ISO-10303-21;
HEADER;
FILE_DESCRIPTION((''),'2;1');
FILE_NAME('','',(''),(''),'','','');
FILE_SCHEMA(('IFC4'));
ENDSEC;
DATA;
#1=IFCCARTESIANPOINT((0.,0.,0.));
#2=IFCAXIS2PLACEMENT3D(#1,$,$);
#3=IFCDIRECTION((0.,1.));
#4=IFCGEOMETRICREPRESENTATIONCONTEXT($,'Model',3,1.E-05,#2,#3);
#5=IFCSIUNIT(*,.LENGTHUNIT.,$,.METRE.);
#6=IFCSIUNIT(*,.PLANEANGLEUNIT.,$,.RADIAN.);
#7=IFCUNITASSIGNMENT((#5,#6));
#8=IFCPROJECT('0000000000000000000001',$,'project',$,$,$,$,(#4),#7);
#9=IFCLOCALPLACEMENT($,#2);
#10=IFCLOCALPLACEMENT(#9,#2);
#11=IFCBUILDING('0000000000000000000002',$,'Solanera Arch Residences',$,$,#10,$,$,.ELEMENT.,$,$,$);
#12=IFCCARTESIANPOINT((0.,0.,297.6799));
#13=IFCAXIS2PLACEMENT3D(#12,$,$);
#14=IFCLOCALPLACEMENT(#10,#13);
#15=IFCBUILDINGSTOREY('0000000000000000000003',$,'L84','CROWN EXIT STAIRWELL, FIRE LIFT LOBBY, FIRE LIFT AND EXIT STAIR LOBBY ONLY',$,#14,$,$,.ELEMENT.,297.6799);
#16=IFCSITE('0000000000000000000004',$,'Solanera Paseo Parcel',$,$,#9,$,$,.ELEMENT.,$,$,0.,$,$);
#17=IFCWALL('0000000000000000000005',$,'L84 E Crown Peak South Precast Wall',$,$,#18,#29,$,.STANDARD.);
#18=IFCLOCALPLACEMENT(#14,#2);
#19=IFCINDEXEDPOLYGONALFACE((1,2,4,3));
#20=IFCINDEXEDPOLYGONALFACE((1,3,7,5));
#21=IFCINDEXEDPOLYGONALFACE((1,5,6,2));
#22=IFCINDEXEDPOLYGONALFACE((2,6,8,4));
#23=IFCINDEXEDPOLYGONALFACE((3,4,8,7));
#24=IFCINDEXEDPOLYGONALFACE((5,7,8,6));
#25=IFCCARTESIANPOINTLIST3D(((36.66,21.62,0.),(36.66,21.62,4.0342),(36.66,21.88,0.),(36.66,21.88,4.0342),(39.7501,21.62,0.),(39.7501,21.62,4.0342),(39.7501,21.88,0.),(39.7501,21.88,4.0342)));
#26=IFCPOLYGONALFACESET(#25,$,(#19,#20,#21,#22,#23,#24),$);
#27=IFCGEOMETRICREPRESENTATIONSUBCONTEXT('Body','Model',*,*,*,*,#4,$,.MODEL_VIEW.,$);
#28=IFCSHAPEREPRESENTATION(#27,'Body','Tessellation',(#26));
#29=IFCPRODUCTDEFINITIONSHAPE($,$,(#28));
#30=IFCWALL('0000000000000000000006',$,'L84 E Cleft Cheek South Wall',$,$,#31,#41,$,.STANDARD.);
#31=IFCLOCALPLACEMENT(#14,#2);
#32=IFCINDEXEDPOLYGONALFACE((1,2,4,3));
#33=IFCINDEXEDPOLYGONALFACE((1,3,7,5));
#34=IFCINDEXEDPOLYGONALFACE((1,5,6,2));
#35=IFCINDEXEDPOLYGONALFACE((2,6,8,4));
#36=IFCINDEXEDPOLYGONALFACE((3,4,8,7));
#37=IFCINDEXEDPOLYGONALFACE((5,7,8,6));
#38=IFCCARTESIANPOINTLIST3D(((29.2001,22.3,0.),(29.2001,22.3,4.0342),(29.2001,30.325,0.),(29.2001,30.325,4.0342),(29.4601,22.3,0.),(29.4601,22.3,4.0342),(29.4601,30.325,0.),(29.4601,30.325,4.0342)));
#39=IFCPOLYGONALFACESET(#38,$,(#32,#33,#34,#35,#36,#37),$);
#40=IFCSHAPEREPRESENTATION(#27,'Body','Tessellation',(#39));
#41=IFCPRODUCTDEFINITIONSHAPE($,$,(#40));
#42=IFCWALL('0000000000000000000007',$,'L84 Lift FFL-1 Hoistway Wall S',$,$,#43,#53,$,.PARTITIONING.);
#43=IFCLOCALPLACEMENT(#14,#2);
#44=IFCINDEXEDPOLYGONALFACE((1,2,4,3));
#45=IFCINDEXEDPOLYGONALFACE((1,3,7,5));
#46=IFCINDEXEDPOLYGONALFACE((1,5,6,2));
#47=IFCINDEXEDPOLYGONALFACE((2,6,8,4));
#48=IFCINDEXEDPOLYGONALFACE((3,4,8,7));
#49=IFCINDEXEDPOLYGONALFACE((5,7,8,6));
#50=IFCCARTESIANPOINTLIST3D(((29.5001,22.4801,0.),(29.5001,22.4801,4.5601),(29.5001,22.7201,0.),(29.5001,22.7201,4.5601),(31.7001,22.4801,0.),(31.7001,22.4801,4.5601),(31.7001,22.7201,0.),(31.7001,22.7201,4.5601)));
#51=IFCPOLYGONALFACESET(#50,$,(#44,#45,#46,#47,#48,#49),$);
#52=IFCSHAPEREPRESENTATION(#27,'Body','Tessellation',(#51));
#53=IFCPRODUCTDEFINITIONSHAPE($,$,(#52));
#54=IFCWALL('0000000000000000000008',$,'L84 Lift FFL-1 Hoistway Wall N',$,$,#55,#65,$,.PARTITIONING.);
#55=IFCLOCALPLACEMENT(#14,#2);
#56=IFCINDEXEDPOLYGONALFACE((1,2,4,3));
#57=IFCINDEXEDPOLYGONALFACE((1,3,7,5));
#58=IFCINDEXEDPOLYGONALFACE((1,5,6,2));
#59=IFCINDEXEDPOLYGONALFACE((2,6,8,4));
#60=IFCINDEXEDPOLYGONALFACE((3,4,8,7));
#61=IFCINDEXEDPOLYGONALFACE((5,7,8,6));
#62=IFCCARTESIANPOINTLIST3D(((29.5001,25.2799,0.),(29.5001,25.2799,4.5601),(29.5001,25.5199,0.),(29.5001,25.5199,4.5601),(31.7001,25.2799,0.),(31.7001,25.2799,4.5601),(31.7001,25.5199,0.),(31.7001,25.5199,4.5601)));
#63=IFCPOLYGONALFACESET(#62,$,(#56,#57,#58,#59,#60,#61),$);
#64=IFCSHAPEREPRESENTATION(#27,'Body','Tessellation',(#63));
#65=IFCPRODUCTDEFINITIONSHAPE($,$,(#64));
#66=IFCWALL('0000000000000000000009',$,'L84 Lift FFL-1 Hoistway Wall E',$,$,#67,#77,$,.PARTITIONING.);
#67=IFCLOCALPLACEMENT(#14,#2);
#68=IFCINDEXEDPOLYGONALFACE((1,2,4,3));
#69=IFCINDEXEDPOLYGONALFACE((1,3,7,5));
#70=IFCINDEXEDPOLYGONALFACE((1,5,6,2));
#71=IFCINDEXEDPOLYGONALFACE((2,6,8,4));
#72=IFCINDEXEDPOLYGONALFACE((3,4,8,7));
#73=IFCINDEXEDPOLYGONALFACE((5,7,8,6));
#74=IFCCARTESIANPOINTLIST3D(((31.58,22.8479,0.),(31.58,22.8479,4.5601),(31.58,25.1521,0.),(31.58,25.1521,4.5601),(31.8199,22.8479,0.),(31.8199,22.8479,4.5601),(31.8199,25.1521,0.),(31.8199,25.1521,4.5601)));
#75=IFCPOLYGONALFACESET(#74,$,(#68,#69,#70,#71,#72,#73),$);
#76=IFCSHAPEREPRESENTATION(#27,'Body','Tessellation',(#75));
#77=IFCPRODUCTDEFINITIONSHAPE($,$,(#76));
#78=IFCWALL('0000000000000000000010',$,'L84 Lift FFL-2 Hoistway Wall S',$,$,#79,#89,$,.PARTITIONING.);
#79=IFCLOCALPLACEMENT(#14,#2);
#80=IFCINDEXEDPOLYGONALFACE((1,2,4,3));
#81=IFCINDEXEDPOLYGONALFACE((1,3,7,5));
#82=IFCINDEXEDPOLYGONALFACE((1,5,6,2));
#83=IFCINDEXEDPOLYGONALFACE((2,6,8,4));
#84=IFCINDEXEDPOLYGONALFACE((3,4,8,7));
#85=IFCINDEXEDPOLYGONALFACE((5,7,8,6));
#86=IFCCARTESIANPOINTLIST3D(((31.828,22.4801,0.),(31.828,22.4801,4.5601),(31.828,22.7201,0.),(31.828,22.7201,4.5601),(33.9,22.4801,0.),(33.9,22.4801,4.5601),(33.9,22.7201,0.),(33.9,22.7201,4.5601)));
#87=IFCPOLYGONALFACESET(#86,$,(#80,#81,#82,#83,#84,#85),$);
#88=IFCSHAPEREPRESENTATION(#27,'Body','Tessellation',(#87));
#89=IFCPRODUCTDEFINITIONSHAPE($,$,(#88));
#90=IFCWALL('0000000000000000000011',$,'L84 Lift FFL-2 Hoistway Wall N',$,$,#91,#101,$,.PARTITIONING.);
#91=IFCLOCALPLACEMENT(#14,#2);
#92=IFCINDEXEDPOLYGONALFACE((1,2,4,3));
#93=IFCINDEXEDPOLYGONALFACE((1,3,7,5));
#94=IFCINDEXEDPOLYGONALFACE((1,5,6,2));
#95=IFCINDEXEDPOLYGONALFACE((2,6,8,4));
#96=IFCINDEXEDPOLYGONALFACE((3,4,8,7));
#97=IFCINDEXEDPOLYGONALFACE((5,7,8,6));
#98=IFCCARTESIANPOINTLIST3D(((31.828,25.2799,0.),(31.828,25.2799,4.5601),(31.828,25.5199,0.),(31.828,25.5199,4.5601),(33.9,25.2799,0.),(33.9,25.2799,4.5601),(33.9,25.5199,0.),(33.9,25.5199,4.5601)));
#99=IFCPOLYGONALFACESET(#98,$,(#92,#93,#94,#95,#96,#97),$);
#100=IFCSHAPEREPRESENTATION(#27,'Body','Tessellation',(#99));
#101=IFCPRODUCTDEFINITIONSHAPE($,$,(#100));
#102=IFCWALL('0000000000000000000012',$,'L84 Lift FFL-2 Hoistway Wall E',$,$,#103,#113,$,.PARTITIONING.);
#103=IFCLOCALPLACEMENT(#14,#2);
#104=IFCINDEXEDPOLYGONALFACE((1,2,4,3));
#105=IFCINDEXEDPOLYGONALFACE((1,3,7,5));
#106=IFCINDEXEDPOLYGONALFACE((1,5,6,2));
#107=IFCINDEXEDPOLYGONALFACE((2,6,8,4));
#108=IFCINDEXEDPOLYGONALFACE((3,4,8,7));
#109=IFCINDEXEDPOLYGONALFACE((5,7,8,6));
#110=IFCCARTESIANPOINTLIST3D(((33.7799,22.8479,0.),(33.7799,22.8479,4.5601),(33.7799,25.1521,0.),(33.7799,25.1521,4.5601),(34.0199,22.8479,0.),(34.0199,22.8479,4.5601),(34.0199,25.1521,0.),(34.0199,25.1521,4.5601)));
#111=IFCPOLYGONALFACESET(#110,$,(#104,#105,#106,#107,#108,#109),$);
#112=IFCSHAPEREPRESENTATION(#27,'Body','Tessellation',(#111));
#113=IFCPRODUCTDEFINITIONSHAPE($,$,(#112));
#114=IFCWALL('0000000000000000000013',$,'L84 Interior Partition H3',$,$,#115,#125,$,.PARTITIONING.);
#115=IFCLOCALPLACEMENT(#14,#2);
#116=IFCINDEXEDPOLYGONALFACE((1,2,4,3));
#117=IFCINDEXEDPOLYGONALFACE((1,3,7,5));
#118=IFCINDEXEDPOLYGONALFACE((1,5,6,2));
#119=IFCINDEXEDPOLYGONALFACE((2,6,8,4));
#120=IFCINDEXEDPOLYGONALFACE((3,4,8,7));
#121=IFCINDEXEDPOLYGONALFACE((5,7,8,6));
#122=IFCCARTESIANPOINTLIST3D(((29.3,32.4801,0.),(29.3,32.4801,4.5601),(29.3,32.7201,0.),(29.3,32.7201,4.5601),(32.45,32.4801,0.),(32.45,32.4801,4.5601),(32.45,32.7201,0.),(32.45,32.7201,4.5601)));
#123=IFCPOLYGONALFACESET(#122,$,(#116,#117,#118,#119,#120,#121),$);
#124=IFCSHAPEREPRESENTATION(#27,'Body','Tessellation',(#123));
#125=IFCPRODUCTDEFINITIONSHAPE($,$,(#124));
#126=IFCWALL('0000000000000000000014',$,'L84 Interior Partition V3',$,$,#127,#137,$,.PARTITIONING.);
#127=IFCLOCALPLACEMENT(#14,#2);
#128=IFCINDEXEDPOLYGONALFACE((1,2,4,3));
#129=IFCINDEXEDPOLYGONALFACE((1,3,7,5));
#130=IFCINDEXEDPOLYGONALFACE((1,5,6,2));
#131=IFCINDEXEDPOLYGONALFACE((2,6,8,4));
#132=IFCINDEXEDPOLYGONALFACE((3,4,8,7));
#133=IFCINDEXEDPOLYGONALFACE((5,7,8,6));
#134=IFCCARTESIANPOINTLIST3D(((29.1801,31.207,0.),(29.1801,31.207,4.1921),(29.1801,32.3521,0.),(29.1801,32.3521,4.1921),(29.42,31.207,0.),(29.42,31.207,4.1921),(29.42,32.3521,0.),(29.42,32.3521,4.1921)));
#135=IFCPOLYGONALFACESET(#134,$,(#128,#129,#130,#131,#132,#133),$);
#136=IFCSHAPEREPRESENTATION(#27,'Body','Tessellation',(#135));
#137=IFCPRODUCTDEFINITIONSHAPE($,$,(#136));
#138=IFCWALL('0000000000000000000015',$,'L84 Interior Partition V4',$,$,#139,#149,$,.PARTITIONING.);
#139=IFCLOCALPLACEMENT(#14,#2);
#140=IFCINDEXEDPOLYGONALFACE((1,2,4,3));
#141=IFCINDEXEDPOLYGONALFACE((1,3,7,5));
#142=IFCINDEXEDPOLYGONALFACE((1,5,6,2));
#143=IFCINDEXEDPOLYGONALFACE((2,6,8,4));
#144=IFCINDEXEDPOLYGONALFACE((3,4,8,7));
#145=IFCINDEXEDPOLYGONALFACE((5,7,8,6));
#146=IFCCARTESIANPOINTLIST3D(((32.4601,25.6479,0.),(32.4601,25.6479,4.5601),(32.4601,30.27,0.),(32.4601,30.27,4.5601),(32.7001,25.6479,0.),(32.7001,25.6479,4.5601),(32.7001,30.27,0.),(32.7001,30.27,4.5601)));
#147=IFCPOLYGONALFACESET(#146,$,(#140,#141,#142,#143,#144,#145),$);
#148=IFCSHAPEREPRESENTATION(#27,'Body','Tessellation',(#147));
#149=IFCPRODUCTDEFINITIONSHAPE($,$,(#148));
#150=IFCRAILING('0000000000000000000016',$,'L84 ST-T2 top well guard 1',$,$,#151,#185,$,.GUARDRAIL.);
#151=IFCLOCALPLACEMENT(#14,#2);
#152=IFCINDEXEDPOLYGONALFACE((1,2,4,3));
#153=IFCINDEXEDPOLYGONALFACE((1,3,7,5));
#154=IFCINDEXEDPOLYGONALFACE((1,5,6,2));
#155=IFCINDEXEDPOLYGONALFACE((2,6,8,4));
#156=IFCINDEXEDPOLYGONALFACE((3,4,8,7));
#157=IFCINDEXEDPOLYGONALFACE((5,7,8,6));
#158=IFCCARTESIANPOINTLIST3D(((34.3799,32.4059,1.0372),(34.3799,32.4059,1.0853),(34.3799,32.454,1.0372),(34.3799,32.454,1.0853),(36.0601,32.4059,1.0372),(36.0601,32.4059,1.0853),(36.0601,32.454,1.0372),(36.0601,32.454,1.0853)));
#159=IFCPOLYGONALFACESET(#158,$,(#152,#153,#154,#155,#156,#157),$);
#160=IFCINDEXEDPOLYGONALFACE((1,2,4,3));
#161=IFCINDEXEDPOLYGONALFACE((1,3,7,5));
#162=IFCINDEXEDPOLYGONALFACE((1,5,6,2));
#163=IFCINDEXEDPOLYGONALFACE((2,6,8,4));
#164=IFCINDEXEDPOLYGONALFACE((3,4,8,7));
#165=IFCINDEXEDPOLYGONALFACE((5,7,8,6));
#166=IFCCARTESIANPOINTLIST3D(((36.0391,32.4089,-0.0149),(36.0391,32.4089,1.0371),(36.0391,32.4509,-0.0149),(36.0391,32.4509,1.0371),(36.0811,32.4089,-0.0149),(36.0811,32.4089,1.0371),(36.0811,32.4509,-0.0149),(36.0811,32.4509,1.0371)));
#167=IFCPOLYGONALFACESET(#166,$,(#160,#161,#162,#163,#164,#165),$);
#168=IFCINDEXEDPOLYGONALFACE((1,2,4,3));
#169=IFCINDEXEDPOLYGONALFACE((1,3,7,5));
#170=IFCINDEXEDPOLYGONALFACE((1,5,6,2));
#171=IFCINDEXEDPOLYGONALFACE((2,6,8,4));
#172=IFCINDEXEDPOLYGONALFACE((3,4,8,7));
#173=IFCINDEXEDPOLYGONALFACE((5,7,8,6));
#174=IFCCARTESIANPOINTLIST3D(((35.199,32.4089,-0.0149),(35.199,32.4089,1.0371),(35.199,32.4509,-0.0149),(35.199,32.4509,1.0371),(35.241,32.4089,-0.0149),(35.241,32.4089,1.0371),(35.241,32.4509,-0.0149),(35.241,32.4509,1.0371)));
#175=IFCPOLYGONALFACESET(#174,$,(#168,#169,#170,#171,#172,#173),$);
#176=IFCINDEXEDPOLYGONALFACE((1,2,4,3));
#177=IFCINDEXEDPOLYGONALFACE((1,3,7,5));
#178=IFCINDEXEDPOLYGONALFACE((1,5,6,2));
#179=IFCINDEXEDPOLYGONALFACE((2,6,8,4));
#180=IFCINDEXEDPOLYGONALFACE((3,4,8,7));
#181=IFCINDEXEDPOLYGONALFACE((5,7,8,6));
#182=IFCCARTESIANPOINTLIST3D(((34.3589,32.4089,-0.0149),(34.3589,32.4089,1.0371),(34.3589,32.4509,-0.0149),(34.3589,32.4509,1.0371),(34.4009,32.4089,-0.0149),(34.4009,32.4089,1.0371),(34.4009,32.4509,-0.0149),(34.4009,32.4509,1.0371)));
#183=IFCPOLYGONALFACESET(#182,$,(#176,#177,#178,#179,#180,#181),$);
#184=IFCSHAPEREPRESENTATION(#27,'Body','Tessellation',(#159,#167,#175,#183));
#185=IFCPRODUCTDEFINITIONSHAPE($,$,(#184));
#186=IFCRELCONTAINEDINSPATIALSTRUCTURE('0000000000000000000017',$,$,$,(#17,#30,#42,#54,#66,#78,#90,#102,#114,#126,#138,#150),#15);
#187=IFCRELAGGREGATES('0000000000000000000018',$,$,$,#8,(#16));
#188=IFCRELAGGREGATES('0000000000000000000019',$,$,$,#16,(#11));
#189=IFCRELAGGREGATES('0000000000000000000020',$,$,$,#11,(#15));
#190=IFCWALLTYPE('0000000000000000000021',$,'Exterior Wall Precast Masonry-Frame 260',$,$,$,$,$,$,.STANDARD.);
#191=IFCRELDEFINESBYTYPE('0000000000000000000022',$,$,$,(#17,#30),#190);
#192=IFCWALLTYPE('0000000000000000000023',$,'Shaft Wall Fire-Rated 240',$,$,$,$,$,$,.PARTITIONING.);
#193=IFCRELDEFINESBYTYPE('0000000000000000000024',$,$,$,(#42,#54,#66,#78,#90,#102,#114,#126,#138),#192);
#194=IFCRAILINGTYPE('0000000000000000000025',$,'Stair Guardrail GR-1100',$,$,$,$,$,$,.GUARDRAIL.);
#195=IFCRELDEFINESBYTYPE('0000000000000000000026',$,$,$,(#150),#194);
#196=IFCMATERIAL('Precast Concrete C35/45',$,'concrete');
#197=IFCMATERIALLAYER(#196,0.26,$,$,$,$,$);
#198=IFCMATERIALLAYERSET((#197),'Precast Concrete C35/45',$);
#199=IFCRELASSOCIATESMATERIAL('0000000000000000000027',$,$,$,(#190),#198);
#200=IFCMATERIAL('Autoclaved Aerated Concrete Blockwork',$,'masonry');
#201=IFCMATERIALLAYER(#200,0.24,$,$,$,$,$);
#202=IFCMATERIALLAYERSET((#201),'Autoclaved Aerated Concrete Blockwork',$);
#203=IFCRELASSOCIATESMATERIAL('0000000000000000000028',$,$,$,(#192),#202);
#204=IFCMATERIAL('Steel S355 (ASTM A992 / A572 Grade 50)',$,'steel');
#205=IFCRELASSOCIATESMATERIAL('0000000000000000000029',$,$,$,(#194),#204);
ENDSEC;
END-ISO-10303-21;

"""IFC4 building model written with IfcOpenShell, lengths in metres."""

from ifc_helpers import new_model, si_unit, direction, frame, frame_2d, origin, origin_2d, place, context, subcontext, project, spatial, rectangle, extrude, material, layer, layer_set, type_object, element, save


model = new_model("IFC4")

# Units and contexts
model_context = context("Model", 3, precision=1e-05, world=origin(), true_north=direction((0.0, 1.0)))
body_context = subcontext(model_context, "Body", "Model", "MODEL_VIEW")
ifc_project = project(units=[si_unit("LENGTHUNIT", "METRE"), si_unit("PLANEANGLEUNIT", "RADIAN")], contexts=[model_context])

# Site, building, storey
site_placement = place(None, origin())
site = spatial("IfcSite", under=ifc_project, at=site_placement, Name="Solanera Paseo Parcel", CompositionType="ELEMENT", RefElevation=0.0)
building_placement = place(site_placement, origin())
building = spatial("IfcBuilding", under=site, at=building_placement, Name="Solanera Arch Residences", CompositionType="ELEMENT")
storey_placement = place(building_placement, frame((0.0, 0.0, 297.6799)))
storey = spatial("IfcBuildingStorey", under=building, at=storey_placement, Name="L84", Description="CROWN EXIT STAIRWELL, FIRE LIFT LOBBY, FIRE LIFT AND EXIT STAIR LOBBY ONLY", CompositionType="ELEMENT", Elevation=297.6799)

# Walls
ifc_material_1 = material(Name="Precast Concrete C35/45", Category="concrete")
ifc_layer_1 = layer(ifc_material_1, 0.26)
ifc_layer_set_1 = layer_set([ifc_layer_1], Name="Precast Concrete C35/45")
wall_type_1 = type_object("IfcWallType", Name="Exterior Wall Precast Masonry-Frame 260", PredefinedType="STANDARD", material=ifc_layer_set_1)
wall_1_placement = place(storey_placement, frame((39.75, 21.75, 0.0), z_axis=(0.0, 0.0, 1.0), x_axis=(-1.0, 0.0, 0.0)))
element("IfcWall", 1, at=wall_1_placement, inside=storey, type_object=wall_type_1, Name="L84 E Crown Peak South Precast Wall", PredefinedType="STANDARD", context=body_context, shape_type="SweptSolid", body=[
    extrude(rectangle(XDim=3.0901, YDim=0.26, at=frame_2d((1.5449, 0.0))), origin(), (0.0, 0.0, 1.0), 4.0342),
])
wall_2_placement = place(storey_placement, frame((29.3301, 22.3, 0.0), z_axis=(0.0, 0.0, 1.0), x_axis=(0.0, 1.0, 0.0)))
element("IfcWall", 2, at=wall_2_placement, inside=storey, type_object=wall_type_1, Name="L84 E Cleft Cheek South Wall", PredefinedType="STANDARD", context=body_context, shape_type="SweptSolid", body=[
    extrude(rectangle(XDim=8.0249, YDim=0.26, at=frame_2d((4.0125, 0.0))), origin(), (0.0, 0.0, 1.0), 4.0342),
])
ifc_material_2 = material(Name="Autoclaved Aerated Concrete Blockwork", Category="masonry")
ifc_layer_2 = layer(ifc_material_2, 0.24)
ifc_layer_set_2 = layer_set([ifc_layer_2], Name="Autoclaved Aerated Concrete Blockwork")
wall_type_2 = type_object("IfcWallType", Name="Shaft Wall Fire-Rated 240", PredefinedType="PARTITIONING", material=ifc_layer_set_2)
for number, where, z_axis, x_axis, name in (
    (3, (29.5, 22.6001, 0.0), (0.0, 0.0, 1.0), (1.0, 0.0, 0.0), "L84 Lift FFL-1 Hoistway Wall S"),
    (4, (29.5, 25.3999, 0.0), (0.0, 0.0, 1.0), (1.0, 0.0, 0.0), "L84 Lift FFL-1 Hoistway Wall N"),
):
    element("IfcWall", number, at=place(storey_placement, frame(where, z_axis=z_axis, x_axis=x_axis)), inside=storey, type_object=wall_type_2, Name=name, PredefinedType="PARTITIONING", context=body_context, shape_type="SweptSolid", body=[
        extrude(rectangle(XDim=2.2, YDim=0.24, at=frame_2d((1.1001, 0.0))), origin(), (0.0, 0.0, 1.0), 4.5601),
    ])
wall_3_placement = place(storey_placement, frame((31.7, 22.8479, 0.0), z_axis=(0.0, 0.0, 1.0), x_axis=(0.0, 1.0, 0.0)))
element("IfcWall", 5, at=wall_3_placement, inside=storey, type_object=wall_type_2, Name="L84 Lift FFL-1 Hoistway Wall E", PredefinedType="PARTITIONING", context=body_context, shape_type="SweptSolid", body=[
    extrude(rectangle(XDim=2.3042, YDim=0.24, at=frame_2d((1.1521, 0.0))), origin(), (0.0, 0.0, 1.0), 4.5601),
])
for number, where, z_axis, x_axis, name in (
    (6, (31.8279, 22.6001, 0.0), (0.0, 0.0, 1.0), (1.0, 0.0, 0.0), "L84 Lift FFL-2 Hoistway Wall S"),
    (7, (31.8279, 25.3999, 0.0), (0.0, 0.0, 1.0), (1.0, 0.0, 0.0), "L84 Lift FFL-2 Hoistway Wall N"),
):
    element("IfcWall", number, at=place(storey_placement, frame(where, z_axis=z_axis, x_axis=x_axis)), inside=storey, type_object=wall_type_2, Name=name, PredefinedType="PARTITIONING", context=body_context, shape_type="SweptSolid", body=[
        extrude(rectangle(XDim=2.072, YDim=0.24, at=frame_2d((1.0361, 0.0))), origin(), (0.0, 0.0, 1.0), 4.5601),
    ])
wall_4_placement = place(storey_placement, frame((33.8999, 22.8479, 0.0), z_axis=(0.0, 0.0, 1.0), x_axis=(0.0, 1.0, 0.0)))
element("IfcWall", 8, at=wall_4_placement, inside=storey, type_object=wall_type_2, Name="L84 Lift FFL-2 Hoistway Wall E", PredefinedType="PARTITIONING", context=body_context, shape_type="SweptSolid", body=[
    extrude(rectangle(XDim=2.3042, YDim=0.24, at=frame_2d((1.1521, 0.0))), origin(), (0.0, 0.0, 1.0), 4.5601),
])
wall_5_placement = place(storey_placement, frame((29.3, 32.6001, 0.0), z_axis=(0.0, 0.0, 1.0), x_axis=(1.0, 0.0, 0.0)))
element("IfcWall", 9, at=wall_5_placement, inside=storey, type_object=wall_type_2, Name="L84 Interior Partition H3", PredefinedType="PARTITIONING", context=body_context, shape_type="SweptSolid", body=[
    extrude(rectangle(XDim=3.1499, YDim=0.24, at=frame_2d((1.575, 0.0))), origin(), (0.0, 0.0, 1.0), 4.5601),
])
wall_6_placement = place(storey_placement, frame((29.3, 31.207, 0.0), z_axis=(0.0, 0.0, 1.0), x_axis=(0.0, 1.0, 0.0)))
element("IfcWall", 10, at=wall_6_placement, inside=storey, type_object=wall_type_2, Name="L84 Interior Partition V3", PredefinedType="PARTITIONING", context=body_context, shape_type="SweptSolid", body=[
    extrude(rectangle(XDim=1.145, YDim=0.24, at=frame_2d((0.5725, 0.0))), origin(), (0.0, 0.0, 1.0), 4.1921),
])
wall_7_placement = place(storey_placement, frame((32.5801, 25.6479, 0.0), z_axis=(0.0, 0.0, 1.0), x_axis=(0.0, 1.0, 0.0)))
element("IfcWall", 11, at=wall_7_placement, inside=storey, type_object=wall_type_2, Name="L84 Interior Partition V4", PredefinedType="PARTITIONING", context=body_context, shape_type="SweptSolid", body=[
    extrude(rectangle(XDim=4.6221, YDim=0.24, at=frame_2d((2.311, 0.0))), origin(), (0.0, 0.0, 1.0), 4.5601),
])

# Railing
ifc_material_3 = material(Name="Steel S355 (ASTM A992 / A572 Grade 50)", Category="steel")
railing_type = type_object("IfcRailingType", Name="Stair Guardrail GR-1100", PredefinedType="GUARDRAIL", material=ifc_material_3)
railing_placement = place(storey_placement, frame((36.0601, 32.4299, -0.0149)))
element("IfcRailing", 12, at=railing_placement, inside=storey, type_object=railing_type, Name="L84 ST-T2 top well guard 1", PredefinedType="GUARDRAIL", context=body_context, shape_type="SweptSolid", body=[
    extrude(rectangle(XDim=0.0481, YDim=0.0481, at=origin_2d()), frame((0.0, 0.0, 1.0762), z_axis=(-1.0, 0.0, 0.0), x_axis=(0.0, -1.0, 0.0)), (0.0, 0.0, 1.0), 1.6802),
    extrude(rectangle(XDim=0.042, YDim=0.042, at=origin_2d()), origin(), (0.0, 0.0, 1.0), 1.052),
    extrude(rectangle(XDim=0.042, YDim=0.042, at=origin_2d()), frame((-0.8401, 0.0, 0.0)), (0.0, 0.0, 1.0), 1.052),
    extrude(rectangle(XDim=0.042, YDim=0.042, at=origin_2d()), frame((-1.6802, 0.0, 0.0)), (0.0, 0.0, 1.0), 1.052),
])

save(model, "model.ifc")
